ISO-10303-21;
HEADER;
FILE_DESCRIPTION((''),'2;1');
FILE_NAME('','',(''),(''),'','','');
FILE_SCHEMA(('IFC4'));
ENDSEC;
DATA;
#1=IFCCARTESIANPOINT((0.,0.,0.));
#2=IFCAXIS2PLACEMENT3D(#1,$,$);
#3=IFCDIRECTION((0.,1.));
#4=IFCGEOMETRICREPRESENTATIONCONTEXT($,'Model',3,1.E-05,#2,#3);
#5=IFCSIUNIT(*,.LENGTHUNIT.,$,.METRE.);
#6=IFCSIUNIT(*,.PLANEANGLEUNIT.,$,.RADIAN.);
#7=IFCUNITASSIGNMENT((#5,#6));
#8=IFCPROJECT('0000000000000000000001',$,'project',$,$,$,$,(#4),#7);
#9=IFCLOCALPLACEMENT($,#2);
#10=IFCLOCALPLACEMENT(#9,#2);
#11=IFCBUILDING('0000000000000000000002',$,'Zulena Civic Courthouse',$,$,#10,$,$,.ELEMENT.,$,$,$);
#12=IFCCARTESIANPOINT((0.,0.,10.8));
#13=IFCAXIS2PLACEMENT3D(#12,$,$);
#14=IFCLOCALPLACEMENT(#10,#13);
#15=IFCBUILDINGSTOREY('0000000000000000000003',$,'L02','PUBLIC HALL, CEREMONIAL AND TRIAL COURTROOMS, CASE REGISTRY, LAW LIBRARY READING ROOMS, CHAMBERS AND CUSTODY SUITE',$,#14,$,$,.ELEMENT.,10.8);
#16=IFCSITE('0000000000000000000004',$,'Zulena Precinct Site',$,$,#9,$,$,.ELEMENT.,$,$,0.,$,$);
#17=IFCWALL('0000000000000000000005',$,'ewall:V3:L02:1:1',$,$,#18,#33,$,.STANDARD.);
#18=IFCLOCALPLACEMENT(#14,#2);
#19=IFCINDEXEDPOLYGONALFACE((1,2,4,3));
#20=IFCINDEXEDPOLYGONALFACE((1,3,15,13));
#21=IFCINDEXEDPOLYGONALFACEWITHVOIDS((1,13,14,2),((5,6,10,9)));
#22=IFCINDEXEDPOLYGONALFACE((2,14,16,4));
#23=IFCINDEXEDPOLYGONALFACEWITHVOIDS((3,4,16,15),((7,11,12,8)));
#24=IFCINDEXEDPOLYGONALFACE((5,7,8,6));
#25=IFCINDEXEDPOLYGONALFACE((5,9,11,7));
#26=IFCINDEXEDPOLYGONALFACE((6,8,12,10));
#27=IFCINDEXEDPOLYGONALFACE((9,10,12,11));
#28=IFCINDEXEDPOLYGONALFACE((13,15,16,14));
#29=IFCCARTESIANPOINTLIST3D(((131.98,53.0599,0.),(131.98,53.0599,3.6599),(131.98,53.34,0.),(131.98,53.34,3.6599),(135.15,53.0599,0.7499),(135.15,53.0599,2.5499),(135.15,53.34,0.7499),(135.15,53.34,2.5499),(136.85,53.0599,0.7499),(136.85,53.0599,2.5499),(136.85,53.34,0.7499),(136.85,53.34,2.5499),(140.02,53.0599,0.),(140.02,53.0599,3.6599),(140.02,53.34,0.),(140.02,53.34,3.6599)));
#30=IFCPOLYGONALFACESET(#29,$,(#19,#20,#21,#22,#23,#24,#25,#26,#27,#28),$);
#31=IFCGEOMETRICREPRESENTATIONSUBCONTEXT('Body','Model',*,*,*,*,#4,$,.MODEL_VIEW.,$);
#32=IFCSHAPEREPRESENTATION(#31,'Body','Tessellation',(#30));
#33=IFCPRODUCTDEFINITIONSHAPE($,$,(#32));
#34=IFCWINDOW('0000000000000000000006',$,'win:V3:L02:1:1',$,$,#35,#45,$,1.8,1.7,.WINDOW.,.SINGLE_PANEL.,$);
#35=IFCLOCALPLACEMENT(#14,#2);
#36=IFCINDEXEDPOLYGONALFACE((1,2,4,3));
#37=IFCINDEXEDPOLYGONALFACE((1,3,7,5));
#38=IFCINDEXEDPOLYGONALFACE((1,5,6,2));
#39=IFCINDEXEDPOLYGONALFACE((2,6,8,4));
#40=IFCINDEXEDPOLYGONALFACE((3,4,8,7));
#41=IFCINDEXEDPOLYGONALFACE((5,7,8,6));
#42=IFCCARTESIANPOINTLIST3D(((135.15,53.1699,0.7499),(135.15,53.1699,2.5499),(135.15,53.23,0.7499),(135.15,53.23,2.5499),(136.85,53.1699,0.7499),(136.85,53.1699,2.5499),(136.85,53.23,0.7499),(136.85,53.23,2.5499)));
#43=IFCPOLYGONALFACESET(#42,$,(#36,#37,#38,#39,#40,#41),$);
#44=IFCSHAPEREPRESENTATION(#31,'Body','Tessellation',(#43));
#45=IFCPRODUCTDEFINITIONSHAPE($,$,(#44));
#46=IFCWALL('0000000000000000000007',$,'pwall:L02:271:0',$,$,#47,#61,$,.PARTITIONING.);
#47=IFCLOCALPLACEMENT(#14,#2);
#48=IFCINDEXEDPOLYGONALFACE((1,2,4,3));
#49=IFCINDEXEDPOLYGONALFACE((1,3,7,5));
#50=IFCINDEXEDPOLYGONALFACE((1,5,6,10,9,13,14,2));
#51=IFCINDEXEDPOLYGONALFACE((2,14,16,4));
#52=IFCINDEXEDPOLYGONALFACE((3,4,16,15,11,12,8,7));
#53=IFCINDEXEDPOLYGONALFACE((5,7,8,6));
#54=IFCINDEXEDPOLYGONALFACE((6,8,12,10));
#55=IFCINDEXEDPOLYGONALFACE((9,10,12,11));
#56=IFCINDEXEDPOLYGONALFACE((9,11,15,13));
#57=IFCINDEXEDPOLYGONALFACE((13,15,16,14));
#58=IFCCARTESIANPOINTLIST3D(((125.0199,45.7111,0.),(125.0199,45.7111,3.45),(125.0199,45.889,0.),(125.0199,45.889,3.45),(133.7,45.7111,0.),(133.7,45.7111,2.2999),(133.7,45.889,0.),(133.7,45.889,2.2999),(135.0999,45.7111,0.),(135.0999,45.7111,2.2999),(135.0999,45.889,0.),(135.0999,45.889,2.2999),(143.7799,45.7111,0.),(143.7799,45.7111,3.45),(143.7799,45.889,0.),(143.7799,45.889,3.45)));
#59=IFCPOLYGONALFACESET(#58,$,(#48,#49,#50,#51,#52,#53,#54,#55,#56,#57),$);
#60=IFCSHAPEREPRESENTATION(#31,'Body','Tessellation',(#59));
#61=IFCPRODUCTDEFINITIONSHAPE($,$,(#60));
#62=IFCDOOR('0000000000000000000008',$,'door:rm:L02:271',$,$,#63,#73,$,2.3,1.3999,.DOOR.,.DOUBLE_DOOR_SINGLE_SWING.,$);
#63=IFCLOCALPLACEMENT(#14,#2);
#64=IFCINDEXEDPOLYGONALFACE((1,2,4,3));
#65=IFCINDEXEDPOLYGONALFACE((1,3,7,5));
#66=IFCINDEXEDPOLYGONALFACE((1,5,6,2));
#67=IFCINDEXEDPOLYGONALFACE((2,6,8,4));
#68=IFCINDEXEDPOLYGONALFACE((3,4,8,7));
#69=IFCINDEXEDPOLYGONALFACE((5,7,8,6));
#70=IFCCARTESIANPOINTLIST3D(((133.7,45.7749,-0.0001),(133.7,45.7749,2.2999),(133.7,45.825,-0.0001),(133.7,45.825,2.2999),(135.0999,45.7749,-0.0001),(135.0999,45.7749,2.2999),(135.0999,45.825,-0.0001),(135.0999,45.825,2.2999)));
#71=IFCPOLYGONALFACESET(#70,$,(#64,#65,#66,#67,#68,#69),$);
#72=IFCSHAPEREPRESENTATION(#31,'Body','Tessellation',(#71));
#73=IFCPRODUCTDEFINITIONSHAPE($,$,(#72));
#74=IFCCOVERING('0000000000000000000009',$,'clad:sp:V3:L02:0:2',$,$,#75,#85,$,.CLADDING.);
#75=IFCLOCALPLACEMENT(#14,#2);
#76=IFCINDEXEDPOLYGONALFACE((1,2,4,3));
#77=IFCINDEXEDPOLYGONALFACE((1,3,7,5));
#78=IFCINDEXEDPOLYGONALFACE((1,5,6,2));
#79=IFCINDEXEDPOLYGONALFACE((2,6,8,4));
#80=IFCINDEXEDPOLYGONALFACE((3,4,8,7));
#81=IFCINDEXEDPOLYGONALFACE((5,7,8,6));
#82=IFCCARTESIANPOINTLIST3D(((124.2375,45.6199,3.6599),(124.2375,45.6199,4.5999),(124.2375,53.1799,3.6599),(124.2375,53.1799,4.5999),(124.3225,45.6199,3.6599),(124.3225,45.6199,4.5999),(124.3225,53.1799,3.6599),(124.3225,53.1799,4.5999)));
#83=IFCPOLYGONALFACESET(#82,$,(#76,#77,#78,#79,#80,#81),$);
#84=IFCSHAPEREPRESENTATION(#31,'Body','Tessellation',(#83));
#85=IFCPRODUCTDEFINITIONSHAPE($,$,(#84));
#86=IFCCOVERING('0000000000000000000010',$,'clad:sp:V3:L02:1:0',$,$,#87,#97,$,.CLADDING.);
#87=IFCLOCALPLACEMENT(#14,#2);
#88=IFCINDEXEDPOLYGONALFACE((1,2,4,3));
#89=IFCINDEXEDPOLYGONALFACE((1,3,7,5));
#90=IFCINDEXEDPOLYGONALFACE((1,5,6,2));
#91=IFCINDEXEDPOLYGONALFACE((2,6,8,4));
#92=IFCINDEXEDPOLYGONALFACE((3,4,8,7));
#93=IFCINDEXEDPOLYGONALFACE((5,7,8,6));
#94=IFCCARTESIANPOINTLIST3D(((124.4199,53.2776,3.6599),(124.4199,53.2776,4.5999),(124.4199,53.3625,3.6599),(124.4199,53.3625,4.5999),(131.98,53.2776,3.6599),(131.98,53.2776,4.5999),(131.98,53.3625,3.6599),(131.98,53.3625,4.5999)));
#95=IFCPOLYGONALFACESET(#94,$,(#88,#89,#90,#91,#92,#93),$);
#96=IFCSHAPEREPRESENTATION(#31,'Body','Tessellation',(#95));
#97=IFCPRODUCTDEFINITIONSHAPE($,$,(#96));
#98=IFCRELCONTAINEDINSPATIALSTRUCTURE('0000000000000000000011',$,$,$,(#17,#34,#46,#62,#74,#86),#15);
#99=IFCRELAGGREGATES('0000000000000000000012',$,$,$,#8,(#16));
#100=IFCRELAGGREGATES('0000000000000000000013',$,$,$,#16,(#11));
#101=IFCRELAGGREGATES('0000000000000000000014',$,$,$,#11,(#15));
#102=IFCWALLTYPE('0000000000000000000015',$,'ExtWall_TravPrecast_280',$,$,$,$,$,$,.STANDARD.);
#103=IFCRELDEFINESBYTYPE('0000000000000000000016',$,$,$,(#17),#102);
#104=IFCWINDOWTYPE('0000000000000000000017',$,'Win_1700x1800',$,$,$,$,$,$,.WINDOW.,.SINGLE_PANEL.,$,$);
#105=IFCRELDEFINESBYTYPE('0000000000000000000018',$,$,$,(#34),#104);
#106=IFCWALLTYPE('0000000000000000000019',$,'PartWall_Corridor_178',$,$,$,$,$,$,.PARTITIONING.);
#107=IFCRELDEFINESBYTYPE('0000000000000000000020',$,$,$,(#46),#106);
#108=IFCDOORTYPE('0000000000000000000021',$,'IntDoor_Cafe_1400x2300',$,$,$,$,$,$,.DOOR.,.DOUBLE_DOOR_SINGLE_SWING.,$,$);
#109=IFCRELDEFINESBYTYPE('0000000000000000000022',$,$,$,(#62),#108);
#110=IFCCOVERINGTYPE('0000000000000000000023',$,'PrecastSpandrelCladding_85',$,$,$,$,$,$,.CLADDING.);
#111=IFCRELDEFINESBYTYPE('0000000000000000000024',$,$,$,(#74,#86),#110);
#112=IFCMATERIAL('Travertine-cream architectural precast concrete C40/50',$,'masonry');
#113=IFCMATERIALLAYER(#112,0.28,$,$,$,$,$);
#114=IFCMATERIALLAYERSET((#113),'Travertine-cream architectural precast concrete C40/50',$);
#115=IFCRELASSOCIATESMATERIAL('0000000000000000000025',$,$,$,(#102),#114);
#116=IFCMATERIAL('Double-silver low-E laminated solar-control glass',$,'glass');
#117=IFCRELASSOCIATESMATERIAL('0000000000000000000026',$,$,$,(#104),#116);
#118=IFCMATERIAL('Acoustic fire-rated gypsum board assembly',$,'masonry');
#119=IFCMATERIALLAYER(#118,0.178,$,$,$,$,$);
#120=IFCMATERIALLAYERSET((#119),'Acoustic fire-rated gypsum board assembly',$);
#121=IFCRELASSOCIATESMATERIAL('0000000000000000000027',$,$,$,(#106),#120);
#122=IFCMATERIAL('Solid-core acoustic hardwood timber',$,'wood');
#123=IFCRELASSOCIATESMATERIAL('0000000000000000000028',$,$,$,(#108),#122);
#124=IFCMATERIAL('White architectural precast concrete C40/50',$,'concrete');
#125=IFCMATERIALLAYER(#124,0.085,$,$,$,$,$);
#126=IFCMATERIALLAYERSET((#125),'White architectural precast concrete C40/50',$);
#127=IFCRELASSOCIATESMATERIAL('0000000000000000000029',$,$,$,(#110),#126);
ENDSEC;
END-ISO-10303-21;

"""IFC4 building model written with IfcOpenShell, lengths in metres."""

from ifc_helpers import new_model, si_unit, direction, frame, frame_2d, origin, origin_2d, place, context, subcontext, project, spatial, rectangle, extrude, material, layer, layer_set, type_object, element, fill, save


model = new_model("IFC4")

# Units and contexts
model_context = context("Model", 3, precision=1e-05, world=origin(), true_north=direction((0.0, 1.0)))
body_context = subcontext(model_context, "Body", "Model", "MODEL_VIEW")
ifc_project = project(units=[si_unit("LENGTHUNIT", "METRE"), si_unit("PLANEANGLEUNIT", "RADIAN")], contexts=[model_context])

# Site, building, storey
site_placement = place(None, origin())
site = spatial("IfcSite", under=ifc_project, at=site_placement, Name="Zulena Precinct Site", CompositionType="ELEMENT", RefElevation=0.0)
building_placement = place(site_placement, origin())
building = spatial("IfcBuilding", under=site, at=building_placement, Name="Zulena Civic Courthouse", CompositionType="ELEMENT")
storey_placement = place(building_placement, frame((0.0, 0.0, 10.8)))
storey = spatial("IfcBuildingStorey", under=building, at=storey_placement, Name="L02", Description="PUBLIC HALL, CEREMONIAL AND TRIAL COURTROOMS, CASE REGISTRY, LAW LIBRARY READING ROOMS, CHAMBERS AND CUSTODY SUITE", CompositionType="ELEMENT", Elevation=10.8)

# Wall, opening, window
ifc_material_1 = material(Name="Travertine-cream architectural precast concrete C40/50", Category="masonry")
ifc_layer_1 = layer(ifc_material_1, 0.28)
ifc_layer_set_1 = layer_set([ifc_layer_1], Name="Travertine-cream architectural precast concrete C40/50")
wall_type_1 = type_object("IfcWallType", Name="ExtWall_TravPrecast_280", PredefinedType="STANDARD", material=ifc_layer_set_1)
ifc_material_2 = material(Name="Double-silver low-E laminated solar-control glass", Category="glass")
wall_1_placement = place(storey_placement, frame((131.98, 53.2, 0.0), z_axis=(0.0, 0.0, 1.0), x_axis=(1.0, 0.0, 0.0)))
wall_1 = element("IfcWall", 1, at=wall_1_placement, inside=storey, type_object=wall_type_1, Name="ewall:V3:L02:1:1", PredefinedType="STANDARD", context=body_context, shape_type="SweptSolid", body=[
    extrude(rectangle(XDim=8.04, YDim=0.28, at=frame_2d((4.02, 0.0))), origin(), (0.0, 0.0, 1.0), 3.6599),
])
opening_1_placement = place(wall_1_placement, frame((3.1699, 0.0, 0.75)))
opening_1 = element("IfcOpeningElement", 2, at=opening_1_placement, cuts=wall_1, PredefinedType="OPENING", context=body_context, shape_type="SweptSolid", body=[
    extrude(rectangle(XDim=1.7, YDim=1.8, at=frame_2d((0.8501, 0.8999))), frame((0.0, 0.1499, 0.0), z_axis=(0.0, -1.0, 0.0), x_axis=(1.0, 0.0, 0.0)), (0.0, 0.0, 1.0), 0.3),
])
window_type_1 = type_object("IfcWindowType", Name="Win_1700x1800", PartitioningType="SINGLE_PANEL", PredefinedType="WINDOW", material=ifc_material_2)
window_1_placement = place(opening_1_placement, origin())
window_1 = element("IfcWindow", 3, at=window_1_placement, inside=storey, type_object=window_type_1, Name="win:V3:L02:1:1", OverallHeight=1.8, OverallWidth=1.7, PartitioningType="SINGLE_PANEL", PredefinedType="WINDOW", context=body_context, shape_type="SweptSolid", body=[
    extrude(rectangle(XDim=1.7, YDim=1.8, at=frame_2d((0.8501, 0.8999))), frame((0.0, 0.03, 0.0), z_axis=(0.0, -1.0, 0.0), x_axis=(1.0, 0.0, 0.0)), (0.0, 0.0, 1.0), 0.0601),
])
fill(opening_1, window_1)

# Wall, opening, door
ifc_material_3 = material(Name="Acoustic fire-rated gypsum board assembly", Category="masonry")
ifc_layer_2 = layer(ifc_material_3, 0.178)
ifc_layer_set_2 = layer_set([ifc_layer_2], Name="Acoustic fire-rated gypsum board assembly")
wall_type_2 = type_object("IfcWallType", Name="PartWall_Corridor_178", PredefinedType="PARTITIONING", material=ifc_layer_set_2)
wall_2_placement = place(storey_placement, frame((125.02, 45.8, 0.0), z_axis=(0.0, 0.0, 1.0), x_axis=(1.0, 0.0, 0.0)))
wall_2 = element("IfcWall", 4, at=wall_2_placement, inside=storey, type_object=wall_type_2, Name="pwall:L02:271:0", PredefinedType="PARTITIONING", context=body_context, shape_type="SweptSolid", body=[
    extrude(rectangle(XDim=18.76, YDim=0.178, at=frame_2d((9.3799, 0.0))), origin(), (0.0, 0.0, 1.0), 3.45),
])
opening_2_placement = place(wall_2_placement, frame((8.6799, 0.0, 0.0)))
opening_2 = element("IfcOpeningElement", 5, at=opening_2_placement, cuts=wall_2, PredefinedType="OPENING", context=body_context, shape_type="SweptSolid", body=[
    extrude(rectangle(XDim=1.3999, YDim=2.3, at=frame_2d((0.7, 1.1499))), frame((0.0, 0.0989, 0.0), z_axis=(0.0, -1.0, 0.0), x_axis=(1.0, 0.0, 0.0)), (0.0, 0.0, 1.0), 0.198),
])
ifc_material_4 = material(Name="Solid-core acoustic hardwood timber", Category="wood")
door_type = type_object("IfcDoorType", Name="IntDoor_Cafe_1400x2300", OperationType="DOUBLE_DOOR_SINGLE_SWING", PredefinedType="DOOR", material=ifc_material_4)
door_placement = place(opening_2_placement, origin())
door = element("IfcDoor", 6, at=door_placement, inside=storey, type_object=door_type, Name="door:rm:L02:271", OperationType="DOUBLE_DOOR_SINGLE_SWING", OverallHeight=2.3, OverallWidth=1.3999, PredefinedType="DOOR", context=body_context, shape_type="SweptSolid", body=[
    extrude(rectangle(XDim=1.3999, YDim=2.3, at=frame_2d((0.7, 1.1499))), frame((0.0, 0.0249, 0.0), z_axis=(0.0, -1.0, 0.0), x_axis=(1.0, 0.0, 0.0)), (0.0, 0.0, 1.0), 0.05),
])
fill(opening_2, door)

# Coverings
ifc_material_5 = material(Name="White architectural precast concrete C40/50", Category="concrete")
ifc_layer_3 = layer(ifc_material_5, 0.085)
ifc_layer_set_3 = layer_set([ifc_layer_3], Name="White architectural precast concrete C40/50")
covering_type = type_object("IfcCoveringType", Name="PrecastSpandrelCladding_85", PredefinedType="CLADDING", material=ifc_layer_set_3)
for number, where, z_axis, x_axis, name in (
    (7, (124.28, 49.3999, 3.6599), (0.0, 0.0, 1.0), (0.0, 1.0, 0.0), "clad:sp:V3:L02:0:2"),
    (8, (128.2, 53.3201, 3.6599), (0.0, 0.0, 1.0), (1.0, 0.0, 0.0), "clad:sp:V3:L02:1:0"),
):
    element("IfcCovering", number, at=place(storey_placement, frame(where, z_axis=z_axis, x_axis=x_axis)), inside=storey, type_object=covering_type, Name=name, PredefinedType="CLADDING", context=body_context, shape_type="SweptSolid", body=[
        extrude(rectangle(XDim=7.5601, YDim=0.085, at=origin_2d()), origin(), (0.0, 0.0, 1.0), 0.9399),
    ])

save(model, "model.ifc")
